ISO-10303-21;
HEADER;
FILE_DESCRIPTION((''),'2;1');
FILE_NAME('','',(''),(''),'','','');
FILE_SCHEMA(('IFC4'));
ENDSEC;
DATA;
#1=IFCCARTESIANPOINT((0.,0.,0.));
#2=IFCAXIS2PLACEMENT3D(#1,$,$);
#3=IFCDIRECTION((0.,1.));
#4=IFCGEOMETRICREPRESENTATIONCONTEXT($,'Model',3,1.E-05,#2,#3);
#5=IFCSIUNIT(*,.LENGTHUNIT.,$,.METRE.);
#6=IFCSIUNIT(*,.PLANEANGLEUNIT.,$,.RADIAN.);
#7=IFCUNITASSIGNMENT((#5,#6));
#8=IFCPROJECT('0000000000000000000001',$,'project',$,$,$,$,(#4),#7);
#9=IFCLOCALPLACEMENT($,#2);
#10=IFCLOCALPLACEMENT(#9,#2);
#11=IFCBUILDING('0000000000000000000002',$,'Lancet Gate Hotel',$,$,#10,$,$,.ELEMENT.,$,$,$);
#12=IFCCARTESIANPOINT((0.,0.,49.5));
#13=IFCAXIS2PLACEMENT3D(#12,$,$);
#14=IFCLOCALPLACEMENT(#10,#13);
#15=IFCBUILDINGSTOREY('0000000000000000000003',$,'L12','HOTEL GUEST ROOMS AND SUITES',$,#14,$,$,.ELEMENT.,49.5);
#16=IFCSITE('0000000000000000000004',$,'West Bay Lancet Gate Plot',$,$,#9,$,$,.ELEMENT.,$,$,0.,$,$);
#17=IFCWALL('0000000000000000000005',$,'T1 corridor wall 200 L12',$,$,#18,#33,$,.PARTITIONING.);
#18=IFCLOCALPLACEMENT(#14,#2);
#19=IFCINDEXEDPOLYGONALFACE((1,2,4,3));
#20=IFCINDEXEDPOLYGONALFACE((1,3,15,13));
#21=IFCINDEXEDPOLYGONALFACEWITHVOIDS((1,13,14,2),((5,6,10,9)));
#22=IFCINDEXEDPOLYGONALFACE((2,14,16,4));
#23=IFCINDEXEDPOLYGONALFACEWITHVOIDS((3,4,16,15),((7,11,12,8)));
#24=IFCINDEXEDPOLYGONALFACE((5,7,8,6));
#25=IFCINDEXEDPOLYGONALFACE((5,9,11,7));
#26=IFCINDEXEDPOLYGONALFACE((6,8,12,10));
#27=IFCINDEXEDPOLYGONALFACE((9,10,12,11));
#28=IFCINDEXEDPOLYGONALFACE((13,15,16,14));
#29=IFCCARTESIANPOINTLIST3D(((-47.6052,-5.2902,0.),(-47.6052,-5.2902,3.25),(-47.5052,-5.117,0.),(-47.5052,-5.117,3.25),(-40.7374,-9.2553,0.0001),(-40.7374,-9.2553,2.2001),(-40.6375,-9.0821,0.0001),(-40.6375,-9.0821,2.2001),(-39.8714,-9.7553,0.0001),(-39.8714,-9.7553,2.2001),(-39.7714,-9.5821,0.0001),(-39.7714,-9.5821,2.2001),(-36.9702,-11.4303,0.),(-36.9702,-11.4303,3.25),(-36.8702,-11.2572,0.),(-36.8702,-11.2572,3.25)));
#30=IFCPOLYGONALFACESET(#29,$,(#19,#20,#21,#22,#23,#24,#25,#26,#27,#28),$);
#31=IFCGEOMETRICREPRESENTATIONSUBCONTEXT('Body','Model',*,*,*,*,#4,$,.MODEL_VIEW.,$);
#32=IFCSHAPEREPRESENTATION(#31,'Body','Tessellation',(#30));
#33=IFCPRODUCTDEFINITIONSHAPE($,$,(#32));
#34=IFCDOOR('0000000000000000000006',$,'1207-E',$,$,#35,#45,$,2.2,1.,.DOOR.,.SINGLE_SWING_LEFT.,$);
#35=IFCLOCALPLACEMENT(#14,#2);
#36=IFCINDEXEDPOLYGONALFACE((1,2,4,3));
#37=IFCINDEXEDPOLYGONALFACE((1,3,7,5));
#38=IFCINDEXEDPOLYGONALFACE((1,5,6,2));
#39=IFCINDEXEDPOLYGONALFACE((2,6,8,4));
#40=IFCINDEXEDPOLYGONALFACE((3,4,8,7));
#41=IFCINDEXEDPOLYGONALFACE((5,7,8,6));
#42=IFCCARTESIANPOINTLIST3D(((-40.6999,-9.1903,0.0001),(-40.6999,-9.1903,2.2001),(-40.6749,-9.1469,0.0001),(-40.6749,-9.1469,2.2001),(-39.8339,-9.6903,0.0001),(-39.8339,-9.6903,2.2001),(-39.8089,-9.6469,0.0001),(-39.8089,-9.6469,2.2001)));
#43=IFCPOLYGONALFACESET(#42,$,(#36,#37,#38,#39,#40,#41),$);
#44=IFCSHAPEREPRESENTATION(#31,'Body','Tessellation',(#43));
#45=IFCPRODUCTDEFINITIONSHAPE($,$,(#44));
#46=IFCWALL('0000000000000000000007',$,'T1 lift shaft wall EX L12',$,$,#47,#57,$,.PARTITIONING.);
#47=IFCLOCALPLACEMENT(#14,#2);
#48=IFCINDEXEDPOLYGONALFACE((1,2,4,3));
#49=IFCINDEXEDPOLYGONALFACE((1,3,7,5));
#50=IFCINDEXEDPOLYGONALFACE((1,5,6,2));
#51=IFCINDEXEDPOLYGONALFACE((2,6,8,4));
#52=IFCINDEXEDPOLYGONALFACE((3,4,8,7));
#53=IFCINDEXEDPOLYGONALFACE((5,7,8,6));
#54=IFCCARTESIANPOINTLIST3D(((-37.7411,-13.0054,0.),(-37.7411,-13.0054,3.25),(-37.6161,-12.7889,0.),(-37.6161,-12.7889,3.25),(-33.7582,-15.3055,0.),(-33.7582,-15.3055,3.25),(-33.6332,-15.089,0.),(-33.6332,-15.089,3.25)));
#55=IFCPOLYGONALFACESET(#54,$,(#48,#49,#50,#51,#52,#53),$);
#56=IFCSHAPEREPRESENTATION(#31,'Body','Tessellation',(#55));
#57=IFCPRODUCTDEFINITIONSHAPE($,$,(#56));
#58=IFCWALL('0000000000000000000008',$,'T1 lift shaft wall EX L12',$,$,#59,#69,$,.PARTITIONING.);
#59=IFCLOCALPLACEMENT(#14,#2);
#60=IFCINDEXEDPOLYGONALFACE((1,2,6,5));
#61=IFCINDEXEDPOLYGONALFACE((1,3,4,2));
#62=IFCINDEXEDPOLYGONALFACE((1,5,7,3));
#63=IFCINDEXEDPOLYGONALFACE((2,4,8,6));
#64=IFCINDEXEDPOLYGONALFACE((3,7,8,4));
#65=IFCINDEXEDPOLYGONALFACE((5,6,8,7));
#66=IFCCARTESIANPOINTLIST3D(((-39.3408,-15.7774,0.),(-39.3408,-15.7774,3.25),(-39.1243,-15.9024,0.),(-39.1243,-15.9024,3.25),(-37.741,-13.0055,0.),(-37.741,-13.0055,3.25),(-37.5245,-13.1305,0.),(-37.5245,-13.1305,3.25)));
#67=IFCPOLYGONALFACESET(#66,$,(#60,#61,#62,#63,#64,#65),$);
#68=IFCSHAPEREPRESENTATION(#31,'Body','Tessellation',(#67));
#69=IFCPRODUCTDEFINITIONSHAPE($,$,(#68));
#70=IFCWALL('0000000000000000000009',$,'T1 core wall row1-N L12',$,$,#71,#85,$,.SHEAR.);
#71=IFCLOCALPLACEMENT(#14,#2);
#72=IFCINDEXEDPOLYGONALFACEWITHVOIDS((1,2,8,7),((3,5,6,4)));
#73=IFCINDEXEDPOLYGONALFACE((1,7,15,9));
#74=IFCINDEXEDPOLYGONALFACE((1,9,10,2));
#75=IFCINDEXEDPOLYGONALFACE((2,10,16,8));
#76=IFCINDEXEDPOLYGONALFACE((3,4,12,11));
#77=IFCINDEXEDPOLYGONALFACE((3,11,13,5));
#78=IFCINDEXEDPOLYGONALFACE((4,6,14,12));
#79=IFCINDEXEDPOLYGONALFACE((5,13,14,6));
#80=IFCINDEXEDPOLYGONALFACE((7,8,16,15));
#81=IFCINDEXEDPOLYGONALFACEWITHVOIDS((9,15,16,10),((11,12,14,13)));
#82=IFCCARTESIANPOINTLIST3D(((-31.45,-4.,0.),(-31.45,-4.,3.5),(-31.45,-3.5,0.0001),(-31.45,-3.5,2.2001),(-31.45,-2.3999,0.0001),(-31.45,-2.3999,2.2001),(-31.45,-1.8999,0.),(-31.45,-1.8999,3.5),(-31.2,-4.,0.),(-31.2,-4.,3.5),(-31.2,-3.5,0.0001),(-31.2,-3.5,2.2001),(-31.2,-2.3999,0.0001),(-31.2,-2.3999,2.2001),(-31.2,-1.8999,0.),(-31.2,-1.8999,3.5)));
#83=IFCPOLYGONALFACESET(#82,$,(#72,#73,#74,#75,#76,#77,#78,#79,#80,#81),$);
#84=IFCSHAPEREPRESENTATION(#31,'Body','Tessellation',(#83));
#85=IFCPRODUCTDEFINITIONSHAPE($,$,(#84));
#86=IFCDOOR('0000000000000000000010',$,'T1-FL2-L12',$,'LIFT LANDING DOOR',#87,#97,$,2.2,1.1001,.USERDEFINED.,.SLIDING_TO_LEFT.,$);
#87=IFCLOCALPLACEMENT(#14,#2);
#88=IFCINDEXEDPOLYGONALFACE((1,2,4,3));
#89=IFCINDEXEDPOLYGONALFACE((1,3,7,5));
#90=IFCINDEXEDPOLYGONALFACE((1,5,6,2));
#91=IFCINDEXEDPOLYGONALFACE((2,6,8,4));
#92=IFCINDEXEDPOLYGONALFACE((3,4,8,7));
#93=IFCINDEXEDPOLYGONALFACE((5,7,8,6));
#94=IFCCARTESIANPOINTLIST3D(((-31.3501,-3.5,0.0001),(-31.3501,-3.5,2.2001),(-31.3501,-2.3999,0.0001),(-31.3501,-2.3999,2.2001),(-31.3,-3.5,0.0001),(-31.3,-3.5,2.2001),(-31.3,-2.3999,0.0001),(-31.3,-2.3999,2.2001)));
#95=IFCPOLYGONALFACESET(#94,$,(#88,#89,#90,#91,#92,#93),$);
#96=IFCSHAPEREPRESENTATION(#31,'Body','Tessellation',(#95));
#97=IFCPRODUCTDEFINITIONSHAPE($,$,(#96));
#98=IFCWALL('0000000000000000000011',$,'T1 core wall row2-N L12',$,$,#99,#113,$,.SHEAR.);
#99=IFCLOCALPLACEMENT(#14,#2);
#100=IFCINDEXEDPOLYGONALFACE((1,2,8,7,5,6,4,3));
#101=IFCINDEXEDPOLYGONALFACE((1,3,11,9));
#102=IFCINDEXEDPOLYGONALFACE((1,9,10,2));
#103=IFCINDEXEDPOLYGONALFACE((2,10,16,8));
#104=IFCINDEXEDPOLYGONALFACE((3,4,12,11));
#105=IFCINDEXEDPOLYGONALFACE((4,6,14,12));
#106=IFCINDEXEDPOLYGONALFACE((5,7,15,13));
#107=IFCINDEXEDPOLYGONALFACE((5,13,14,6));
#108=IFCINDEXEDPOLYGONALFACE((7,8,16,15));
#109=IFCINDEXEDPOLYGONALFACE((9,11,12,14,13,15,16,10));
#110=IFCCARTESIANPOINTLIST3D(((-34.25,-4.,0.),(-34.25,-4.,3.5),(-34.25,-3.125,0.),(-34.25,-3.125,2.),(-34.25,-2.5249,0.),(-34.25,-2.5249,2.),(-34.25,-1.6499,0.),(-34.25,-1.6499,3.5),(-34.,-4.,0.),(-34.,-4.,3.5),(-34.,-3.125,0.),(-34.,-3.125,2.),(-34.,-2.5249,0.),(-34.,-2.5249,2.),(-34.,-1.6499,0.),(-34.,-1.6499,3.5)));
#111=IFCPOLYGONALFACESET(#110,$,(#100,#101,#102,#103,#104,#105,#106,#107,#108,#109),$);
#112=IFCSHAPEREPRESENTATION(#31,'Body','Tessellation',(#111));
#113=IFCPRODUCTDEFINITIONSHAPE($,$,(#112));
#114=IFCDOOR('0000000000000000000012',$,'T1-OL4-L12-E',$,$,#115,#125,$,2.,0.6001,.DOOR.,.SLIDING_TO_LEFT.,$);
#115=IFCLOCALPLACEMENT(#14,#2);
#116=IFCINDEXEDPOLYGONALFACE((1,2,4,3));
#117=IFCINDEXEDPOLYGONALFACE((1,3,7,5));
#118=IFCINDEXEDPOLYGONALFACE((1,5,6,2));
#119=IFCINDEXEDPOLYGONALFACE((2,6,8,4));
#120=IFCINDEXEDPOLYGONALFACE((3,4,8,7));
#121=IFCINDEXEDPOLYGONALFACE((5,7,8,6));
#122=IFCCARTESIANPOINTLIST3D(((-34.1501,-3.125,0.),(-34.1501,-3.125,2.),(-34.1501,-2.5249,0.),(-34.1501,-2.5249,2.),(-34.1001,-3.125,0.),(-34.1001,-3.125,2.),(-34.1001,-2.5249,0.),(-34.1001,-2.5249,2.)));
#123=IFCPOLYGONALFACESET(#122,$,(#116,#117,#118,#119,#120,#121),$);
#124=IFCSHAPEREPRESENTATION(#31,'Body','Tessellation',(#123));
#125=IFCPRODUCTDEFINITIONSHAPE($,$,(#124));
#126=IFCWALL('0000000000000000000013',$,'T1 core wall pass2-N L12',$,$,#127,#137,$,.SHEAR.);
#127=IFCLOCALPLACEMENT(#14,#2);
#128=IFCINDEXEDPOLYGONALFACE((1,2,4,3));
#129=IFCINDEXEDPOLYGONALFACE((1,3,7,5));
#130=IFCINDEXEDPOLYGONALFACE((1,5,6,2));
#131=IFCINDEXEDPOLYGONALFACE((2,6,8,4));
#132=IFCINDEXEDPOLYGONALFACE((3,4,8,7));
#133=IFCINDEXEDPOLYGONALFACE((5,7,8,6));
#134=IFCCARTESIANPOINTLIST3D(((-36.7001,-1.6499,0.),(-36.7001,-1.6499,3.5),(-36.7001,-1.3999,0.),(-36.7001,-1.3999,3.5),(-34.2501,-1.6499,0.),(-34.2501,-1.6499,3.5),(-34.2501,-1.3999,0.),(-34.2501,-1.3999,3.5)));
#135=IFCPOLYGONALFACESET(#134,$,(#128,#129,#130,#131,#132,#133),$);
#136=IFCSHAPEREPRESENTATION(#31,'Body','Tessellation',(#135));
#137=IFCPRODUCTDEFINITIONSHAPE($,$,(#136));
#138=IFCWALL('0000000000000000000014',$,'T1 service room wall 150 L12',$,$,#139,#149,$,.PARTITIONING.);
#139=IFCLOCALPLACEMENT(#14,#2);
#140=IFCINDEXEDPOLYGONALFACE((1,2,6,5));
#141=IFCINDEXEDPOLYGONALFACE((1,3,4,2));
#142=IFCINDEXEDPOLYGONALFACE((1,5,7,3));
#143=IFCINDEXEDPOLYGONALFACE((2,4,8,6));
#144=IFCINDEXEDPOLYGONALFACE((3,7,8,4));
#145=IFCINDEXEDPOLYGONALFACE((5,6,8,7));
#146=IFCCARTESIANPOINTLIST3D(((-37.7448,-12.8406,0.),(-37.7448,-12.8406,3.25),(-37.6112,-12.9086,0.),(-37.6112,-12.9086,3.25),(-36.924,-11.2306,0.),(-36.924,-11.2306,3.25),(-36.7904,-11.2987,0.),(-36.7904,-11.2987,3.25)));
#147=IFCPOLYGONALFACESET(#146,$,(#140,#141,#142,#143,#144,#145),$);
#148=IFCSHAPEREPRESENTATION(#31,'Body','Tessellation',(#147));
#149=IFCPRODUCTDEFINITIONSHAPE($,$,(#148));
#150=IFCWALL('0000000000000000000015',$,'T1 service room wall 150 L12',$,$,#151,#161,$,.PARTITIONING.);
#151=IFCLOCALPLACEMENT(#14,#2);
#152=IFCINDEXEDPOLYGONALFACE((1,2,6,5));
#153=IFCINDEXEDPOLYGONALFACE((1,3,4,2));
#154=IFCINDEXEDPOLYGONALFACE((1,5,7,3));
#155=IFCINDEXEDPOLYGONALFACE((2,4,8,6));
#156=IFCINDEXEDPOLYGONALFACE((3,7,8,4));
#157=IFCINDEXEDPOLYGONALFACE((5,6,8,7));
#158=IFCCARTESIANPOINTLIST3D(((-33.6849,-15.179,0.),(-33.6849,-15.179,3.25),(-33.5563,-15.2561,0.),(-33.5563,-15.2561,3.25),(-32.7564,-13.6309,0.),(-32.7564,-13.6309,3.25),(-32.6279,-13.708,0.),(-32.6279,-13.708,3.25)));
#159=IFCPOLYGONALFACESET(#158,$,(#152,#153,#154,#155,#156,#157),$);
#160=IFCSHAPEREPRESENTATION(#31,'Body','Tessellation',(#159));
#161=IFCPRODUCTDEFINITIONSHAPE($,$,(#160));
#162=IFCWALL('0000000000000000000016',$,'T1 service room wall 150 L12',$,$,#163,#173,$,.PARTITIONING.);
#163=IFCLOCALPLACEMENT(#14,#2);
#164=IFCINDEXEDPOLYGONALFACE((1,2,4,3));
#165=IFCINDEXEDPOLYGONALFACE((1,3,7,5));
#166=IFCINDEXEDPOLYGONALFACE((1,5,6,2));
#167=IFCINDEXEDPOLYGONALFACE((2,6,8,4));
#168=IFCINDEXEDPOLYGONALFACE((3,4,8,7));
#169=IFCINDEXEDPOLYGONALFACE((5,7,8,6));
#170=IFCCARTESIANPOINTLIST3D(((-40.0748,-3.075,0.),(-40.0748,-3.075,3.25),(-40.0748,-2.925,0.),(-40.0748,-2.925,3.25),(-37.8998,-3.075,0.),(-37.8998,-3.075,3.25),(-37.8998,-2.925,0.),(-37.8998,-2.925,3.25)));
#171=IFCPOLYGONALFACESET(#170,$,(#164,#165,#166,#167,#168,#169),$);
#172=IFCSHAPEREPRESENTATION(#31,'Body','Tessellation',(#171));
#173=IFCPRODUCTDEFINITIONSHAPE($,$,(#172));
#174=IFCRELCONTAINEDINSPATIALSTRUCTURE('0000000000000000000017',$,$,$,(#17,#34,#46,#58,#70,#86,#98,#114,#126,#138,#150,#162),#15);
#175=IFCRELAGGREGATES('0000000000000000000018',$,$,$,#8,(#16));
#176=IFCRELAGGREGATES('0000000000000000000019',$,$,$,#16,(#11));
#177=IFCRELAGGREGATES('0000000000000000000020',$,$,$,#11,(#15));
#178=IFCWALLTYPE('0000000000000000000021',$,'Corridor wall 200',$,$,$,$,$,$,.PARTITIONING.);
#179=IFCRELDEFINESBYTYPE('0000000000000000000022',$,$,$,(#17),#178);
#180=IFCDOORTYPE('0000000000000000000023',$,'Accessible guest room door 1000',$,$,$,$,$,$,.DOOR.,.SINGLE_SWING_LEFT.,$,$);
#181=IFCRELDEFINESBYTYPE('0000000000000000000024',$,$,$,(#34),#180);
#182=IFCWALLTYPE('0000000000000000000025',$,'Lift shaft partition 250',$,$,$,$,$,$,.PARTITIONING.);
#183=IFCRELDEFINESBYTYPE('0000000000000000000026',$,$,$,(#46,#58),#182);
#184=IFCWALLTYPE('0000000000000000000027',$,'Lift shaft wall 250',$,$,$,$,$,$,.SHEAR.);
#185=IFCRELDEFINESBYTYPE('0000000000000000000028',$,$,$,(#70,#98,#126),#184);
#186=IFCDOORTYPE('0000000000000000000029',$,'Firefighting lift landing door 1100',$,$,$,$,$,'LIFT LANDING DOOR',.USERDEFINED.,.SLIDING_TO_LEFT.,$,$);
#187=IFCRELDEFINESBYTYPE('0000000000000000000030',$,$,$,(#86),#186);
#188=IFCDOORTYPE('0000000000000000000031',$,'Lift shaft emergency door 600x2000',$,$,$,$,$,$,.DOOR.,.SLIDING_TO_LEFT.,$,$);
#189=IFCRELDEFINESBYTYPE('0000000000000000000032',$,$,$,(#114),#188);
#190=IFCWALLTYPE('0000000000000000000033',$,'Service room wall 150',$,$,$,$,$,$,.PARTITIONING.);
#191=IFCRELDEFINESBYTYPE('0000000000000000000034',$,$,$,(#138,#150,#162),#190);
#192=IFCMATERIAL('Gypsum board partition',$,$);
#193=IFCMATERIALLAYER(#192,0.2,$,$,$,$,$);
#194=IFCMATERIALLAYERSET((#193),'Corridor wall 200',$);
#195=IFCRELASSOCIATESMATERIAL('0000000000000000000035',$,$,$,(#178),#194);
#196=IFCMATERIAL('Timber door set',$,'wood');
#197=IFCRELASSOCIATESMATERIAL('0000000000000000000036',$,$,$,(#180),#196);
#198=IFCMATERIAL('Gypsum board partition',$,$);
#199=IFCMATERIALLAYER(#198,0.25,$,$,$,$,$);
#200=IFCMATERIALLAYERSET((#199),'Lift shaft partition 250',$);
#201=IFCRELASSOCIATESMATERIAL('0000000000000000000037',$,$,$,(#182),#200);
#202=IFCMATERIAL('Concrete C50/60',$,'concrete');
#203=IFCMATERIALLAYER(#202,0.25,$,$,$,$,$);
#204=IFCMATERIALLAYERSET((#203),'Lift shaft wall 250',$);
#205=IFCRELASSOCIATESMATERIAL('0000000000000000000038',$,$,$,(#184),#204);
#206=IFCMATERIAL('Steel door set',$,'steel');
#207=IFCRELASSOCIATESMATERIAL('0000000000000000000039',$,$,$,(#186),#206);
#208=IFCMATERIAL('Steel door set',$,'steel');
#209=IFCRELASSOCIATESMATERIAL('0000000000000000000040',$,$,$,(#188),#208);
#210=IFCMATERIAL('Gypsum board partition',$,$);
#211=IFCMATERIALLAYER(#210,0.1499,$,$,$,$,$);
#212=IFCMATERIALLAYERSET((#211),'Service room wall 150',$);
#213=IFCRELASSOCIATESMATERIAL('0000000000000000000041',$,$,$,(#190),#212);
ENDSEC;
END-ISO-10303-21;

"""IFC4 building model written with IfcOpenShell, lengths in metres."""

from ifc_helpers import new_model, si_unit, direction, frame, frame_2d, origin, place, context, subcontext, project, spatial, rectangle, extrude, material, layer, layer_set, type_object, element, fill, save


model = new_model("IFC4")

# Units and contexts
model_context = context("Model", 3, precision=1e-05, world=origin(), true_north=direction((0.0, 1.0)))
body_context = subcontext(model_context, "Body", "Model", "MODEL_VIEW")
ifc_project = project(units=[si_unit("LENGTHUNIT", "METRE"), si_unit("PLANEANGLEUNIT", "RADIAN")], contexts=[model_context])

# Site, building, storey
site_placement = place(None, origin())
site = spatial("IfcSite", under=ifc_project, at=site_placement, Name="West Bay Lancet Gate Plot", CompositionType="ELEMENT", RefElevation=0.0)
building_placement = place(site_placement, origin())
building = spatial("IfcBuilding", under=site, at=building_placement, Name="Lancet Gate Hotel", CompositionType="ELEMENT")
storey_placement = place(building_placement, frame((0.0, 0.0, 49.5)))
storey = spatial("IfcBuildingStorey", under=building, at=storey_placement, Name="L12", Description="HOTEL GUEST ROOMS AND SUITES", CompositionType="ELEMENT", Elevation=49.5)

# Wall, opening, door
ifc_material_1 = material(Name="Gypsum board partition")
ifc_layer_1 = layer(ifc_material_1, 0.2)
ifc_layer_set_1 = layer_set([ifc_layer_1], Name="Corridor wall 200")
wall_type_1 = type_object("IfcWallType", Name="Corridor wall 200", PredefinedType="PARTITIONING", material=ifc_layer_set_1)
wall_1_placement = place(storey_placement, frame((-36.9202, -11.3438, 0.0), z_axis=(0.0, 0.0, 1.0), x_axis=(-0.866025, 0.500001, 0.0)))
wall_1 = element("IfcWall", 1, at=wall_1_placement, inside=storey, type_object=wall_type_1, Name="T1 corridor wall 200 L12", PredefinedType="PARTITIONING", context=body_context, shape_type="SweptSolid", body=[
    extrude(rectangle(XDim=12.2803, YDim=0.2, at=frame_2d((6.1401, 0.0))), origin(), (0.0, 0.0, 1.0), 3.25),
])
opening_1_placement = place(wall_1_placement, frame((3.3501, 0.0, 0.0)))
opening_1 = element("IfcOpeningElement", 2, at=opening_1_placement, cuts=wall_1, PredefinedType="OPENING", context=body_context, shape_type="SweptSolid", body=[
    extrude(rectangle(XDim=1.0, YDim=2.2, at=frame_2d((0.5, 1.1001))), frame((0.0, 0.1099, 0.0), z_axis=(0.0, -1.0, 0.0), x_axis=(1.0, 0.0, 0.0)), (0.0, 0.0, 1.0), 0.22),
])
ifc_material_2 = material(Name="Timber door set", Category="wood")
door_type_1 = type_object("IfcDoorType", Name="Accessible guest room door 1000", OperationType="SINGLE_SWING_LEFT", PredefinedType="DOOR", material=ifc_material_2)
door_1_placement = place(opening_1_placement, origin())
door_1 = element("IfcDoor", 3, at=door_1_placement, inside=storey, type_object=door_type_1, Name="1207-E", OperationType="SINGLE_SWING_LEFT", OverallHeight=2.2, OverallWidth=1.0, PredefinedType="DOOR", context=body_context, shape_type="SweptSolid", body=[
    extrude(rectangle(XDim=1.0, YDim=2.2, at=frame_2d((0.5, 1.1001))), frame((0.0, 0.0249, 0.0), z_axis=(0.0, -1.0, 0.0), x_axis=(1.0, 0.0, 0.0)), (0.0, 0.0, 1.0), 0.05),
])
fill(opening_1, door_1)

# Walls
ifc_material_3 = material(Name="Gypsum board partition")
ifc_layer_2 = layer(ifc_material_3, 0.25)
ifc_layer_set_2 = layer_set([ifc_layer_2], Name="Lift shaft partition 250")
wall_type_2 = type_object("IfcWallType", Name="Lift shaft partition 250", PredefinedType="PARTITIONING", material=ifc_layer_set_2)
wall_2_placement = place(storey_placement, frame((-33.6956, -15.1973, 0.0), z_axis=(0.0, 0.0, 1.0), x_axis=(-0.865977, 0.500084, 0.0)))
element("IfcWall", 4, at=wall_2_placement, inside=storey, type_object=wall_type_2, Name="T1 lift shaft wall EX L12", PredefinedType="PARTITIONING", context=body_context, shape_type="SweptSolid", body=[
    extrude(rectangle(XDim=4.5994, YDim=0.25, at=frame_2d((2.2998, 0.0))), origin(), (0.0, 0.0, 1.0), 3.25),
])
wall_3_placement = place(storey_placement, frame((-37.6328, -13.0681, 0.0), z_axis=(0.0, 0.0, 1.0), x_axis=(-0.499872, -0.866099, 0.0)))
element("IfcWall", 5, at=wall_3_placement, inside=storey, type_object=wall_type_2, Name="T1 lift shaft wall EX L12", PredefinedType="PARTITIONING", context=body_context, shape_type="SweptSolid", body=[
    extrude(rectangle(XDim=3.2004, YDim=0.25, at=frame_2d((1.6001, 0.0))), origin(), (0.0, 0.0, 1.0), 3.25),
])

# Walls, openings, doors
ifc_material_4 = material(Name="Concrete C50/60", Category="concrete")
ifc_layer_3 = layer(ifc_material_4, 0.25)
ifc_layer_set_3 = layer_set([ifc_layer_3], Name="Lift shaft wall 250")
wall_type_3 = type_object("IfcWallType", Name="Lift shaft wall 250", PredefinedType="SHEAR", material=ifc_layer_set_3)
wall_4_placement = place(storey_placement, frame((-31.325, -1.8999, 0.0), z_axis=(0.0, 0.0, 1.0), x_axis=(0.0, -1.0, 0.0)))
wall_4 = element("IfcWall", 6, at=wall_4_placement, inside=storey, type_object=wall_type_3, Name="T1 core wall row1-N L12", PredefinedType="SHEAR", context=body_context, shape_type="SweptSolid", body=[
    extrude(rectangle(XDim=2.1001, YDim=0.25, at=frame_2d((1.05, 0.0))), origin(), (0.0, 0.0, 1.0), 3.5),
])
opening_2_placement = place(wall_4_placement, frame((0.5, 0.0, 0.0)))
opening_2 = element("IfcOpeningElement", 7, at=opening_2_placement, cuts=wall_4, PredefinedType="OPENING", context=body_context, shape_type="SweptSolid", body=[
    extrude(rectangle(XDim=1.1001, YDim=2.2, at=frame_2d((0.55, 1.1001))), frame((0.0, 0.135, 0.0), z_axis=(0.0, -1.0, 0.0), x_axis=(1.0, 0.0, 0.0)), (0.0, 0.0, 1.0), 0.27),
])
ifc_material_5 = material(Name="Steel door set", Category="steel")
door_type_2 = type_object("IfcDoorType", Name="Firefighting lift landing door 1100", ElementType="LIFT LANDING DOOR", OperationType="SLIDING_TO_LEFT", PredefinedType="USERDEFINED", material=ifc_material_5)
door_2_placement = place(opening_2_placement, origin())
door_2 = element("IfcDoor", 8, at=door_2_placement, inside=storey, type_object=door_type_2, Name="T1-FL2-L12", ObjectType="LIFT LANDING DOOR", OperationType="SLIDING_TO_LEFT", OverallHeight=2.2, OverallWidth=1.1001, PredefinedType="USERDEFINED", context=body_context, shape_type="SweptSolid", body=[
    extrude(rectangle(XDim=1.1001, YDim=2.2, at=frame_2d((0.55, 1.1001))), frame((0.0, 0.0249, 0.0), z_axis=(0.0, -1.0, 0.0), x_axis=(1.0, 0.0, 0.0)), (0.0, 0.0, 1.0), 0.05),
])
fill(opening_2, door_2)
wall_5_placement = place(storey_placement, frame((-34.125, -1.6499, 0.0), z_axis=(0.0, 0.0, 1.0), x_axis=(0.0, -1.0, 0.0)))
wall_5 = element("IfcWall", 9, at=wall_5_placement, inside=storey, type_object=wall_type_3, Name="T1 core wall row2-N L12", PredefinedType="SHEAR", context=body_context, shape_type="SweptSolid", body=[
    extrude(rectangle(XDim=2.3501, YDim=0.25, at=frame_2d((1.175, 0.0))), origin(), (0.0, 0.0, 1.0), 3.5),
])
opening_3_placement = place(wall_5_placement, frame((0.875, 0.0, 0.0)))
opening_3 = element("IfcOpeningElement", 10, at=opening_3_placement, cuts=wall_5, PredefinedType="OPENING", context=body_context, shape_type="SweptSolid", body=[
    extrude(rectangle(XDim=0.6001, YDim=2.0, at=frame_2d((0.3, 1.0))), frame((0.0, 0.135, 0.0), z_axis=(0.0, -1.0, 0.0), x_axis=(1.0, 0.0, 0.0)), (0.0, 0.0, 1.0), 0.27),
])
ifc_material_6 = material(Name="Steel door set", Category="steel")
door_type_3 = type_object("IfcDoorType", Name="Lift shaft emergency door 600x2000", OperationType="SLIDING_TO_LEFT", PredefinedType="DOOR", material=ifc_material_6)
door_3_placement = place(opening_3_placement, origin())
door_3 = element("IfcDoor", 11, at=door_3_placement, inside=storey, type_object=door_type_3, Name="T1-OL4-L12-E", OperationType="SLIDING_TO_LEFT", OverallHeight=2.0, OverallWidth=0.6001, PredefinedType="DOOR", context=body_context, shape_type="SweptSolid", body=[
    extrude(rectangle(XDim=0.6001, YDim=2.0, at=frame_2d((0.3, 1.0))), frame((0.0, 0.0249, 0.0), z_axis=(0.0, -1.0, 0.0), x_axis=(1.0, 0.0, 0.0)), (0.0, 0.0, 1.0), 0.05),
])
fill(opening_3, door_3)

# Walls
wall_6_placement = place(storey_placement, frame((-34.25, -1.5249, 0.0), z_axis=(0.0, 0.0, 1.0), x_axis=(-1.0, 0.0, 0.0)))
element("IfcWall", 12, at=wall_6_placement, inside=storey, type_object=wall_type_3, Name="T1 core wall pass2-N L12", PredefinedType="SHEAR", context=body_context, shape_type="SweptSolid", body=[
    extrude(rectangle(XDim=2.45, YDim=0.25, at=frame_2d((1.2251, 0.0))), origin(), (0.0, 0.0, 1.0), 3.5),
])
ifc_material_7 = material(Name="Gypsum board partition")
ifc_layer_4 = layer(ifc_material_7, 0.1499)
ifc_layer_set_4 = layer_set([ifc_layer_4], Name="Service room wall 150")
wall_type_4 = type_object("IfcWallType", Name="Service room wall 150", PredefinedType="PARTITIONING", material=ifc_layer_set_4)
wall_7_placement = place(storey_placement, frame((-36.8572, -11.2646, 0.0), z_axis=(0.0, 0.0, 1.0), x_axis=(-0.454225, -0.890887, 0.0)))
element("IfcWall", 13, at=wall_7_placement, inside=storey, type_object=wall_type_4, Name="T1 service room wall 150 L12", PredefinedType="PARTITIONING", context=body_context, shape_type="SweptSolid", body=[
    extrude(rectangle(XDim=1.8071, YDim=0.1499, at=frame_2d((0.9036, 0.0))), origin(), (0.0, 0.0, 1.0), 3.25),
])
wall_8_placement = place(storey_placement, frame((-33.6206, -15.2175, 0.0), z_axis=(0.0, 0.0, 1.0), x_axis=(0.514337, 0.857588, 0.0)))
element("IfcWall", 14, at=wall_8_placement, inside=storey, type_object=wall_type_4, Name="T1 service room wall 150 L12", PredefinedType="PARTITIONING", context=body_context, shape_type="SweptSolid", body=[
    extrude(rectangle(XDim=1.8052, YDim=0.1499, at=frame_2d((0.9026, 0.0))), origin(), (0.0, 0.0, 1.0), 3.25),
])
for number, where, z_axis, x_axis, name in (
    (15, (-37.8999, -3.0, 0.0), (0.0, 0.0, 1.0), (-1.0, 0.0, 0.0), "T1 service room wall 150 L12"),
):
    element("IfcWall", number, at=place(storey_placement, frame(where, z_axis=z_axis, x_axis=x_axis)), inside=storey, type_object=wall_type_4, Name=name, PredefinedType="PARTITIONING", context=body_context, shape_type="SweptSolid", body=[
        extrude(rectangle(XDim=2.175, YDim=0.1499, at=frame_2d((1.0874, 0.0))), origin(), (0.0, 0.0, 1.0), 3.25),
    ])

save(model, "model.ifc")
